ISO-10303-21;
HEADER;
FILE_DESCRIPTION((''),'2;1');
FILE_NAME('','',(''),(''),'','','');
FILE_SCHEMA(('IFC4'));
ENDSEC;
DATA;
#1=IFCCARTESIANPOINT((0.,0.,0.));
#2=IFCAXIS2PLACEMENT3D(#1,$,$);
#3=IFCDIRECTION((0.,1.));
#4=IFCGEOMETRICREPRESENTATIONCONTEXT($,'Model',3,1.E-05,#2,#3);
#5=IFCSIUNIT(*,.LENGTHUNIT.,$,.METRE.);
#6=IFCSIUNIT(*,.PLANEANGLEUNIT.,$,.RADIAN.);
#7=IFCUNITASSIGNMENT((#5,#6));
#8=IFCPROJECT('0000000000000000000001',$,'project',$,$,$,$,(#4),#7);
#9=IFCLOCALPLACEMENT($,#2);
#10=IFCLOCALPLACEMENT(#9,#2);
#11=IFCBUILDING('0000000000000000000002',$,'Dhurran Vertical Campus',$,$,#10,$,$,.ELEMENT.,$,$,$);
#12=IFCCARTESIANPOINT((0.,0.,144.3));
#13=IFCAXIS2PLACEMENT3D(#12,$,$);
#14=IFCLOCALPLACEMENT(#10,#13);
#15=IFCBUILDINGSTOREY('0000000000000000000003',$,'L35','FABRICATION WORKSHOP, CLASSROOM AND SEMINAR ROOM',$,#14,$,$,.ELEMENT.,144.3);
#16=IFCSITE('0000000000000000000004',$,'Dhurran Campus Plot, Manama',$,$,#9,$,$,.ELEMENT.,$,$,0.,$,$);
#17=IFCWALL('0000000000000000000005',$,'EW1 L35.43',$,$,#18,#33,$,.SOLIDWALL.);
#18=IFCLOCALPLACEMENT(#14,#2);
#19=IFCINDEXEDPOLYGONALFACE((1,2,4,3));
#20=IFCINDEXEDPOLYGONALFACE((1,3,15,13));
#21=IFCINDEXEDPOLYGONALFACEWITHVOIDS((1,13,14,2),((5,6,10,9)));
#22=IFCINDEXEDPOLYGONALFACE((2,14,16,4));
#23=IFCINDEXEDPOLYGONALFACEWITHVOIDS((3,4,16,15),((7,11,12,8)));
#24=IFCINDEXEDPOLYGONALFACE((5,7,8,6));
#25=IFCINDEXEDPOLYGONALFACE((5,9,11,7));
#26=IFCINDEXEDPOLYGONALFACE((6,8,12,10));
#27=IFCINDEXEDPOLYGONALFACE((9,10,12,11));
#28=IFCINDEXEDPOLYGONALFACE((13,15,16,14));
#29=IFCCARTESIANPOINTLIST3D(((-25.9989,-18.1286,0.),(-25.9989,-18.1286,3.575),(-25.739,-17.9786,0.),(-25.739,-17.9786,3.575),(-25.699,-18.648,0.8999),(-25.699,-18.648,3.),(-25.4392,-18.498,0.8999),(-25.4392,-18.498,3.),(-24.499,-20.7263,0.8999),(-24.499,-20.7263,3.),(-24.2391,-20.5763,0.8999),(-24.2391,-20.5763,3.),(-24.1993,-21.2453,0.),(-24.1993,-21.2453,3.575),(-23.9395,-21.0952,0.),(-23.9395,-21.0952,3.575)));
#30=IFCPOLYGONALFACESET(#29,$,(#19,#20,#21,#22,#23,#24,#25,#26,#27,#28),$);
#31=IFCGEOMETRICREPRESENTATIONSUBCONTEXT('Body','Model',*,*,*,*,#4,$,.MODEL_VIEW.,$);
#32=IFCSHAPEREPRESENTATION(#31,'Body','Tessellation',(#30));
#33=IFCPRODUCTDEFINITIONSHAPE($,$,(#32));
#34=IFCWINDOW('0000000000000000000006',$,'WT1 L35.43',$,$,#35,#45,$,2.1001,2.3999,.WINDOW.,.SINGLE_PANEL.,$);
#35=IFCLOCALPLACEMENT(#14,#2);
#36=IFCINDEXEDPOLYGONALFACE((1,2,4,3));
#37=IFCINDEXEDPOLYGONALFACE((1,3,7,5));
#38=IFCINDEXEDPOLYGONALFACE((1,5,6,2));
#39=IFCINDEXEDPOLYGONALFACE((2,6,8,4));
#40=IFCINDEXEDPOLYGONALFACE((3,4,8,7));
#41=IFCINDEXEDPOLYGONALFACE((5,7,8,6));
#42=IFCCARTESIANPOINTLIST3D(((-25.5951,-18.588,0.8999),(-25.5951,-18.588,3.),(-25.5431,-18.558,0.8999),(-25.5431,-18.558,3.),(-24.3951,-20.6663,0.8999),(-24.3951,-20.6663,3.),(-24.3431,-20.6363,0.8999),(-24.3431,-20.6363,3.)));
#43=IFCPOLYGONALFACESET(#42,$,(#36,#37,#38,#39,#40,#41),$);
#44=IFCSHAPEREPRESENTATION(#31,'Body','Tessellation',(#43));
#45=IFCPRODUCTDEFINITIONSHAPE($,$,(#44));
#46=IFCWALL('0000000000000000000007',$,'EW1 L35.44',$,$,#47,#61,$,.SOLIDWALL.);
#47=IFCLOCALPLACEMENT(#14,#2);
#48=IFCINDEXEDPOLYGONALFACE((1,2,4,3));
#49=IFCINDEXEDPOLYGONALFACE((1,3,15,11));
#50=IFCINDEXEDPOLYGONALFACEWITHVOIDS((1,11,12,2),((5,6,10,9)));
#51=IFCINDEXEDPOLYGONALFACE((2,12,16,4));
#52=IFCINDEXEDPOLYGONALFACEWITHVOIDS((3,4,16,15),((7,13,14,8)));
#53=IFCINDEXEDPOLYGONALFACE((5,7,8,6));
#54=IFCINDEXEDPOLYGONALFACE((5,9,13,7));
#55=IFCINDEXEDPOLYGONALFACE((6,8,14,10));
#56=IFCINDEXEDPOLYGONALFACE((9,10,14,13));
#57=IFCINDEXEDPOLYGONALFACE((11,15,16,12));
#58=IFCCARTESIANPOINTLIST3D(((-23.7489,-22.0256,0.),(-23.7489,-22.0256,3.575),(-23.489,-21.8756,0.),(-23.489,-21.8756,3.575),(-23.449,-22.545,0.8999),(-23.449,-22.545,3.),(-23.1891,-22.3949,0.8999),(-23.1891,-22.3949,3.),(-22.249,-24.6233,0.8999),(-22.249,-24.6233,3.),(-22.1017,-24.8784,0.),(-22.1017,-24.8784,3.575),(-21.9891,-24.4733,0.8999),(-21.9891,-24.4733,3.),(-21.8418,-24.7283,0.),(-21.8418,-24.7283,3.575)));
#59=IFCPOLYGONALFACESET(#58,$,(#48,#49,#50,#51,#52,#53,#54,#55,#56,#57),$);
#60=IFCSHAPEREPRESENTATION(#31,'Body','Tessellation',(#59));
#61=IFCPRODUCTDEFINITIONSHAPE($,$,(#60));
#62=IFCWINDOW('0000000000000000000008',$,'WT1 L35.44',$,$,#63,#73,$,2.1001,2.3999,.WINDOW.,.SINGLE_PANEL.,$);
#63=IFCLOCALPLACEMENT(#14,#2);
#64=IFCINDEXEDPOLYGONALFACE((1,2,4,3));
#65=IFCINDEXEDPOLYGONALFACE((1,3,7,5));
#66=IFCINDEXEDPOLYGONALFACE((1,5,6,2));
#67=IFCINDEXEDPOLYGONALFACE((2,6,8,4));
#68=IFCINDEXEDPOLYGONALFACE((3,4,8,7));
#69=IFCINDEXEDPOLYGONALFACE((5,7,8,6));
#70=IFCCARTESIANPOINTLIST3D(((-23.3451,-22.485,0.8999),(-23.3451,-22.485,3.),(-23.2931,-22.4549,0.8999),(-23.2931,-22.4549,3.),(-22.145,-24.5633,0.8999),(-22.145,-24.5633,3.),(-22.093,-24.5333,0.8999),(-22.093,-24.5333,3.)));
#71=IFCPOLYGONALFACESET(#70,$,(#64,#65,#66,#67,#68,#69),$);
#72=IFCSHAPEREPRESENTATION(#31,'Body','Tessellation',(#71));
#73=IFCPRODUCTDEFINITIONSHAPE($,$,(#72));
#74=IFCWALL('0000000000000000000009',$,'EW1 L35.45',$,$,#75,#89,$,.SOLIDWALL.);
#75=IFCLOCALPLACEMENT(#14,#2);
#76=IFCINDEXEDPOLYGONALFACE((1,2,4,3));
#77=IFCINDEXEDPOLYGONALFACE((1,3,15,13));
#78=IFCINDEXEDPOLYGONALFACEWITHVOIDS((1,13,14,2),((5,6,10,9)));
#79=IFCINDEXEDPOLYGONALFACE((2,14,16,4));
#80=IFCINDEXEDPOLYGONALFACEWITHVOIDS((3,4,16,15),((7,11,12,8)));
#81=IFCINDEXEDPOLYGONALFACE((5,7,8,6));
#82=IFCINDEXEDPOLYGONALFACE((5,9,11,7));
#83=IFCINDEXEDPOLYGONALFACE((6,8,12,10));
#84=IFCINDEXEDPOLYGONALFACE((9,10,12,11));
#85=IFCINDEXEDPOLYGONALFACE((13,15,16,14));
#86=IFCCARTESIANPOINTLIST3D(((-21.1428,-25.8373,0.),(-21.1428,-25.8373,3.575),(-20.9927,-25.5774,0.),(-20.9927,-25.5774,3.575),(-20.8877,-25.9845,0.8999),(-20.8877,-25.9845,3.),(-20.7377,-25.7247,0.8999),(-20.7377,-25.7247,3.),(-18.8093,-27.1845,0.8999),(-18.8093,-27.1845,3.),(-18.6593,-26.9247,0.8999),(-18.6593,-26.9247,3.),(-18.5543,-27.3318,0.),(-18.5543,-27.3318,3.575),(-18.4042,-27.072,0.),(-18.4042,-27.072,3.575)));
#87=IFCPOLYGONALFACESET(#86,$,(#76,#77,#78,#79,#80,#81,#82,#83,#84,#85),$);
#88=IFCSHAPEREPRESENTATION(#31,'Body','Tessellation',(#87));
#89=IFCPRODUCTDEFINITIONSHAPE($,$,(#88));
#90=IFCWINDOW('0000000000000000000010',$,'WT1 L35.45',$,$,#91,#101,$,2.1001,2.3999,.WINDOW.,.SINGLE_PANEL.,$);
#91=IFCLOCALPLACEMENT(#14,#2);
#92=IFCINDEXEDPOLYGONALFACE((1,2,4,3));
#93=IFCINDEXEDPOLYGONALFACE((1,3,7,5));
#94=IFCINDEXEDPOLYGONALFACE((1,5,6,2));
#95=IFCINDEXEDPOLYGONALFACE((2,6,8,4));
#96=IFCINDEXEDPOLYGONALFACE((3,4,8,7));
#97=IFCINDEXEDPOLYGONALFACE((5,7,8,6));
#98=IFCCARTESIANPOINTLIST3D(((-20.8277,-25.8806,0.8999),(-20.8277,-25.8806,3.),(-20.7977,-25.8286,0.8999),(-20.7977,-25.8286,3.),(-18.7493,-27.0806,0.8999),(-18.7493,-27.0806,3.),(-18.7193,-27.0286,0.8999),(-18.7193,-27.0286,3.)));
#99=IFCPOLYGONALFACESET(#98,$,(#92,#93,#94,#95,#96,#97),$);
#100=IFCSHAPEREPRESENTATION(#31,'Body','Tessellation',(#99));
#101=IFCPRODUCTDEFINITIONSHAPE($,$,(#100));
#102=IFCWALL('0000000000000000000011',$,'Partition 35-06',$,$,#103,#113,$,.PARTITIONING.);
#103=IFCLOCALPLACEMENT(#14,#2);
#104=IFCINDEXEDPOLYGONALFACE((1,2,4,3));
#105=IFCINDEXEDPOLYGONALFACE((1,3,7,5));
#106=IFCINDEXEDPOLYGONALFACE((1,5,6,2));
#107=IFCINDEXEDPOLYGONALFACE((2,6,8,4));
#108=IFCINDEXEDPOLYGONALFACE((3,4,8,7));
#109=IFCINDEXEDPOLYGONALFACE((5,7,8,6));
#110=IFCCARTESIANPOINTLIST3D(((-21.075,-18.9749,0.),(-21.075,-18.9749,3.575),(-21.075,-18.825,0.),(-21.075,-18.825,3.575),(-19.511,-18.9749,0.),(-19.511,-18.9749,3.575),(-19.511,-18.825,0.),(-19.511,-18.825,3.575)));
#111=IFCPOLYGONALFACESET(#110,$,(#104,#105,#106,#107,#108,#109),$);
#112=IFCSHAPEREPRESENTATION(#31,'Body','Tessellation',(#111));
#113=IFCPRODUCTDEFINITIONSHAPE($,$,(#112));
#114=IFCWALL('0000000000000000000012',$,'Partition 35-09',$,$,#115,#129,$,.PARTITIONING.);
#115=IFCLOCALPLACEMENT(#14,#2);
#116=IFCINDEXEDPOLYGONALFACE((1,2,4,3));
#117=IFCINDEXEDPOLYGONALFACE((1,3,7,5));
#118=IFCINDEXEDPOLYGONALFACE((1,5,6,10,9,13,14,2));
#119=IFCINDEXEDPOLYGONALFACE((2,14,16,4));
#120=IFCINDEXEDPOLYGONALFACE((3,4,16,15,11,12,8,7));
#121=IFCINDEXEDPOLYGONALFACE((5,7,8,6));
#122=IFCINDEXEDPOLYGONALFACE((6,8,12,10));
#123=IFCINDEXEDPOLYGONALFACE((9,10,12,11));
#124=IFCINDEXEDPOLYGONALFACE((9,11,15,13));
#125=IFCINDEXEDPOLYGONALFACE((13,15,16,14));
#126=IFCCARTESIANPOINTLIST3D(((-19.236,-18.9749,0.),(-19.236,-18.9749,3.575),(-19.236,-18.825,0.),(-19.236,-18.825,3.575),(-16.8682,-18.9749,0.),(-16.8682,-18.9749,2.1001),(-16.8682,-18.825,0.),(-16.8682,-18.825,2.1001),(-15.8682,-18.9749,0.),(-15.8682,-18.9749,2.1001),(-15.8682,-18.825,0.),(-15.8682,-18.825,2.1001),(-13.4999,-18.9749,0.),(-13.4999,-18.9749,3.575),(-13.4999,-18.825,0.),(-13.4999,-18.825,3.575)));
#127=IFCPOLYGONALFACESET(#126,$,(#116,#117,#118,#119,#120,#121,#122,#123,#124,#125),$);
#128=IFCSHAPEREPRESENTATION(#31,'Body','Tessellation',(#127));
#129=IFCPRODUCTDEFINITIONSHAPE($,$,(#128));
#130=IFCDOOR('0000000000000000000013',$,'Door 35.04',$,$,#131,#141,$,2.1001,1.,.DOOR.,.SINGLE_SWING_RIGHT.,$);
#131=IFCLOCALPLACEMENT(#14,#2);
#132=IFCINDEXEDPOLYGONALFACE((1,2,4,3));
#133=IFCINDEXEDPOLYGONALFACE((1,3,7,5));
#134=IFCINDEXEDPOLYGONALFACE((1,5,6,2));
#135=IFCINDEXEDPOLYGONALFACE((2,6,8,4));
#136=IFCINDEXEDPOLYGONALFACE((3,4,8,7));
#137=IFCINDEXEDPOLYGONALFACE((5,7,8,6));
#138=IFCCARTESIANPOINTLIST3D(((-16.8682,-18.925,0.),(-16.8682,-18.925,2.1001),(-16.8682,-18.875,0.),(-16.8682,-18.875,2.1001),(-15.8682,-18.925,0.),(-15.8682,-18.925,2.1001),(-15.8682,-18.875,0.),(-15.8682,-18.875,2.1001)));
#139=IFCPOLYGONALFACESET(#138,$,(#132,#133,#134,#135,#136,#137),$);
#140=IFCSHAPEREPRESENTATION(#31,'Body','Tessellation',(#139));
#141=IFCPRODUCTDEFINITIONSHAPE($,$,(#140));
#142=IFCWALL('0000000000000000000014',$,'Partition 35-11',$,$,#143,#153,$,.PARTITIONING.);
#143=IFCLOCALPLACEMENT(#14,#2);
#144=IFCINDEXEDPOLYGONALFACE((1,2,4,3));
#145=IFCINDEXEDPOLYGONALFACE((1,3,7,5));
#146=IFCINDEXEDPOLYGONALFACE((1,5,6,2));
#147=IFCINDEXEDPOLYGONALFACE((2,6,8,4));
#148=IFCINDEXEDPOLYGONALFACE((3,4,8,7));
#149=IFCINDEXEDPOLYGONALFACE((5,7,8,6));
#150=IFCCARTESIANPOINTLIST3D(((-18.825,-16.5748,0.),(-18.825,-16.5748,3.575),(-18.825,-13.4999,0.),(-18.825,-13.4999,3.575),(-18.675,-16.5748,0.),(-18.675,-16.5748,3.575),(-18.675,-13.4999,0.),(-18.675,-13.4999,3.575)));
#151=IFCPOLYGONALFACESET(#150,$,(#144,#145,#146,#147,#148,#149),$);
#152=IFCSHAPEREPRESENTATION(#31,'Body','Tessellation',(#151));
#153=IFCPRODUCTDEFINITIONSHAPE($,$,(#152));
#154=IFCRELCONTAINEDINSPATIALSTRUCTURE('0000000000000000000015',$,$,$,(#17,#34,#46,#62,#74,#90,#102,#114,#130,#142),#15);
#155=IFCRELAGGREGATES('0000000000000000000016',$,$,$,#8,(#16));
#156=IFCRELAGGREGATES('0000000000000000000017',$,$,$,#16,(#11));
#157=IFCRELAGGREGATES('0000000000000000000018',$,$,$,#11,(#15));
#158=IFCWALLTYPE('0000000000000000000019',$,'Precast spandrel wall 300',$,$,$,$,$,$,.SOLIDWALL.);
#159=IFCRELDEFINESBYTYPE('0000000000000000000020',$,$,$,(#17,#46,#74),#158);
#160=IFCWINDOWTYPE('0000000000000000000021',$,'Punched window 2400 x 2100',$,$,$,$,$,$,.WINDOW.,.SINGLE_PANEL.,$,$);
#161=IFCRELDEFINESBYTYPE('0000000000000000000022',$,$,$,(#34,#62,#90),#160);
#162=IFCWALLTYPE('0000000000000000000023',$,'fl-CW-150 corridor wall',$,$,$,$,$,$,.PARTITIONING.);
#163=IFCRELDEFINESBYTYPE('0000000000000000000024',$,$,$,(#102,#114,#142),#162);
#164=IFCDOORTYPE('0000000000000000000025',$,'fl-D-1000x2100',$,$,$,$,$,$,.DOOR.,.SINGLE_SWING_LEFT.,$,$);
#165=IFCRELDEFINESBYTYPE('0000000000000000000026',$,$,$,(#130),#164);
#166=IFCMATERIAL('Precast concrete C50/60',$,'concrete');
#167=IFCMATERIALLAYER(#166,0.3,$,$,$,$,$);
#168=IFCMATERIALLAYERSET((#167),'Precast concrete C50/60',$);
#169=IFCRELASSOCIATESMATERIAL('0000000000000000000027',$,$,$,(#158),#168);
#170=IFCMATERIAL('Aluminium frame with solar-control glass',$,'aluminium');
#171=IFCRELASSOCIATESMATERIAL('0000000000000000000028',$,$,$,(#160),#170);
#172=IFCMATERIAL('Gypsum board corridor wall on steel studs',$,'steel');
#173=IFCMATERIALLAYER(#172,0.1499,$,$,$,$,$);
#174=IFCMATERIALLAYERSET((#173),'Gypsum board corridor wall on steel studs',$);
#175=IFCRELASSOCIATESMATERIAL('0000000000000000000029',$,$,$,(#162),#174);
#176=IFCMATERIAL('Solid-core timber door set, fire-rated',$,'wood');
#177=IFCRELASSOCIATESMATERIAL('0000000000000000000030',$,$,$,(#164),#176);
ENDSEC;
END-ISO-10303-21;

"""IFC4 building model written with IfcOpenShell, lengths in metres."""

from ifc_helpers import new_model, si_unit, direction, frame, frame_2d, origin, place, context, subcontext, project, spatial, rectangle, extrude, material, layer, layer_set, type_object, element, fill, save


model = new_model("IFC4")

# Units and contexts
model_context = context("Model", 3, precision=1e-05, world=origin(), true_north=direction((0.0, 1.0)))
body_context = subcontext(model_context, "Body", "Model", "MODEL_VIEW")
ifc_project = project(units=[si_unit("LENGTHUNIT", "METRE"), si_unit("PLANEANGLEUNIT", "RADIAN")], contexts=[model_context])

# Site, building, storey
site_placement = place(None, origin())
site = spatial("IfcSite", under=ifc_project, at=site_placement, Name="Dhurran Campus Plot, Manama", CompositionType="ELEMENT", RefElevation=0.0)
building_placement = place(site_placement, origin())
building = spatial("IfcBuilding", under=site, at=building_placement, Name="Dhurran Vertical Campus", CompositionType="ELEMENT")
storey_placement = place(building_placement, frame((0.0, 0.0, 144.3)))
storey = spatial("IfcBuildingStorey", under=building, at=storey_placement, Name="L35", Description="FABRICATION WORKSHOP, CLASSROOM AND SEMINAR ROOM", CompositionType="ELEMENT", Elevation=144.3)

# Walls, openings, windows
ifc_material_1 = material(Name="Precast concrete C50/60", Category="concrete")
ifc_layer_1 = layer(ifc_material_1, 0.3)
ifc_layer_set_1 = layer_set([ifc_layer_1], Name="Precast concrete C50/60")
wall_type_1 = type_object("IfcWallType", Name="Precast spandrel wall 300", PredefinedType="SOLIDWALL", material=ifc_layer_set_1)
ifc_material_2 = material(Name="Aluminium frame with solar-control glass", Category="aluminium")
window_type = type_object("IfcWindowType", Name="Punched window 2400 x 2100", PartitioningType="SINGLE_PANEL", PredefinedType="WINDOW", material=ifc_material_2)
wall_1_placement = place(storey_placement, frame((-25.8689, -18.0537, 0.0), z_axis=(0.0, 0.0, 1.0), x_axis=(0.500028, -0.866009, 0.0)))
wall_1 = element("IfcWall", 1, at=wall_1_placement, inside=storey, type_object=wall_type_1, Name="EW1 L35.43", PredefinedType="SOLIDWALL", context=body_context, shape_type="SweptSolid", body=[
    extrude(rectangle(XDim=3.5989, YDim=0.3, at=frame_2d((1.7993, 0.0))), origin(), (0.0, 0.0, 1.0), 3.575),
])
opening_1_placement = place(wall_1_placement, frame((0.5996, 0.0, 0.8999)))
opening_1 = element("IfcOpeningElement", 2, at=opening_1_placement, cuts=wall_1, PredefinedType="OPENING", context=body_context, shape_type="SweptSolid", body=[
    extrude(rectangle(XDim=2.3999, YDim=2.1001, at=frame_2d((1.2, 1.05))), frame((0.0, 0.1599, 0.0), z_axis=(0.0, -1.0, 0.0), x_axis=(1.0, 0.0, 0.0)), (0.0, 0.0, 1.0), 0.3201),
])
window_1_placement = place(opening_1_placement, origin())
window_1 = element("IfcWindow", 3, at=window_1_placement, inside=storey, type_object=window_type, Name="WT1 L35.43", OverallHeight=2.1001, OverallWidth=2.3999, PartitioningType="SINGLE_PANEL", PredefinedType="WINDOW", context=body_context, shape_type="SweptSolid", body=[
    extrude(rectangle(XDim=2.3999, YDim=2.1001, at=frame_2d((1.2, 1.05))), frame((0.0, 0.03, 0.0), z_axis=(0.0, -1.0, 0.0), x_axis=(1.0, 0.0, 0.0)), (0.0, 0.0, 1.0), 0.0601),
])
fill(opening_1, window_1)
wall_2_placement = place(storey_placement, frame((-23.6189, -21.9507, 0.0), z_axis=(0.0, 0.0, 1.0), x_axis=(0.500037, -0.866004, 0.0)))
wall_2 = element("IfcWall", 4, at=wall_2_placement, inside=storey, type_object=wall_type_1, Name="EW1 L35.44", PredefinedType="SOLIDWALL", context=body_context, shape_type="SweptSolid", body=[
    extrude(rectangle(XDim=3.2942, YDim=0.3, at=frame_2d((1.647, 0.0))), origin(), (0.0, 0.0, 1.0), 3.575),
])
opening_2_placement = place(wall_2_placement, frame((0.5996, 0.0, 0.8999)))
opening_2 = element("IfcOpeningElement", 5, at=opening_2_placement, cuts=wall_2, PredefinedType="OPENING", context=body_context, shape_type="SweptSolid", body=[
    extrude(rectangle(XDim=2.3999, YDim=2.1001, at=frame_2d((1.2, 1.05))), frame((0.0, 0.1599, 0.0), z_axis=(0.0, -1.0, 0.0), x_axis=(1.0, 0.0, 0.0)), (0.0, 0.0, 1.0), 0.3201),
])
window_2_placement = place(opening_2_placement, origin())
window_2 = element("IfcWindow", 6, at=window_2_placement, inside=storey, type_object=window_type, Name="WT1 L35.44", OverallHeight=2.1001, OverallWidth=2.3999, PartitioningType="SINGLE_PANEL", PredefinedType="WINDOW", context=body_context, shape_type="SweptSolid", body=[
    extrude(rectangle(XDim=2.3999, YDim=2.1001, at=frame_2d((1.2, 1.05))), frame((0.0, 0.03, 0.0), z_axis=(0.0, -1.0, 0.0), x_axis=(1.0, 0.0, 0.0)), (0.0, 0.0, 1.0), 0.0601),
])
fill(opening_2, window_2)
wall_3_placement = place(storey_placement, frame((-21.0679, -25.7073, 0.0), z_axis=(0.0, 0.0, 1.0), x_axis=(0.866013, -0.500022, 0.0)))
wall_3 = element("IfcWall", 7, at=wall_3_placement, inside=storey, type_object=wall_type_1, Name="EW1 L35.45", PredefinedType="SOLIDWALL", context=body_context, shape_type="SweptSolid", body=[
    extrude(rectangle(XDim=2.989, YDim=0.3, at=frame_2d((1.4946, 0.0))), origin(), (0.0, 0.0, 1.0), 3.575),
])
opening_3_placement = place(wall_3_placement, frame((0.2947, 0.0, 0.8999)))
opening_3 = element("IfcOpeningElement", 8, at=opening_3_placement, cuts=wall_3, PredefinedType="OPENING", context=body_context, shape_type="SweptSolid", body=[
    extrude(rectangle(XDim=2.3999, YDim=2.1001, at=frame_2d((1.2, 1.05))), frame((0.0, 0.1599, 0.0), z_axis=(0.0, -1.0, 0.0), x_axis=(1.0, 0.0, 0.0)), (0.0, 0.0, 1.0), 0.3201),
])
window_3_placement = place(opening_3_placement, origin())
window_3 = element("IfcWindow", 9, at=window_3_placement, inside=storey, type_object=window_type, Name="WT1 L35.45", OverallHeight=2.1001, OverallWidth=2.3999, PartitioningType="SINGLE_PANEL", PredefinedType="WINDOW", context=body_context, shape_type="SweptSolid", body=[
    extrude(rectangle(XDim=2.3999, YDim=2.1001, at=frame_2d((1.2, 1.05))), frame((0.0, 0.03, 0.0), z_axis=(0.0, -1.0, 0.0), x_axis=(1.0, 0.0, 0.0)), (0.0, 0.0, 1.0), 0.0601),
])
fill(opening_3, window_3)

# Wall
ifc_material_3 = material(Name="Gypsum board corridor wall on steel studs", Category="steel")
ifc_layer_2 = layer(ifc_material_3, 0.1499)
ifc_layer_set_2 = layer_set([ifc_layer_2], Name="Gypsum board corridor wall on steel studs")
wall_type_2 = type_object("IfcWallType", Name="fl-CW-150 corridor wall", PredefinedType="PARTITIONING", material=ifc_layer_set_2)
wall_4_placement = place(storey_placement, frame((-21.075, -18.8999, 0.0), z_axis=(0.0, 0.0, 1.0), x_axis=(1.0, 0.0, 0.0)))
element("IfcWall", 10, at=wall_4_placement, inside=storey, type_object=wall_type_2, Name="Partition 35-06", PredefinedType="PARTITIONING", context=body_context, shape_type="SweptSolid", body=[
    extrude(rectangle(XDim=1.564, YDim=0.1499, at=frame_2d((0.782, 0.0))), origin(), (0.0, 0.0, 1.0), 3.575),
])

# Wall, opening, door
wall_5_placement = place(storey_placement, frame((-19.2361, -18.8999, 0.0), z_axis=(0.0, 0.0, 1.0), x_axis=(1.0, 0.0, 0.0)))
wall_5 = element("IfcWall", 11, at=wall_5_placement, inside=storey, type_object=wall_type_2, Name="Partition 35-09", PredefinedType="PARTITIONING", context=body_context, shape_type="SweptSolid", body=[
    extrude(rectangle(XDim=5.7361, YDim=0.1499, at=frame_2d((2.8682, 0.0))), origin(), (0.0, 0.0, 1.0), 3.575),
])
opening_4_placement = place(wall_5_placement, frame((2.3679, 0.0, 0.0)))
opening_4 = element("IfcOpeningElement", 12, at=opening_4_placement, cuts=wall_5, PredefinedType="OPENING", context=body_context, shape_type="SweptSolid", body=[
    extrude(rectangle(XDim=1.0, YDim=2.1001, at=frame_2d((0.5, 1.05))), frame((0.0, 0.085, 0.0), z_axis=(0.0, -1.0, 0.0), x_axis=(1.0, 0.0, 0.0)), (0.0, 0.0, 1.0), 0.1699),
])
ifc_material_4 = material(Name="Solid-core timber door set, fire-rated", Category="wood")
door_type = type_object("IfcDoorType", Name="fl-D-1000x2100", OperationType="SINGLE_SWING_LEFT", PredefinedType="DOOR", material=ifc_material_4)
door_1_placement = place(opening_4_placement, origin())
door_1 = element("IfcDoor", 13, at=door_1_placement, inside=storey, type_object=door_type, Name="Door 35.04", OperationType="SINGLE_SWING_RIGHT", OverallHeight=2.1001, OverallWidth=1.0, PredefinedType="DOOR", context=body_context, shape_type="SweptSolid", body=[
    extrude(rectangle(XDim=1.0, YDim=2.1001, at=frame_2d((0.5, 1.05))), frame((0.0, 0.0249, 0.0), z_axis=(0.0, -1.0, 0.0), x_axis=(1.0, 0.0, 0.0)), (0.0, 0.0, 1.0), 0.05),
])
fill(opening_4, door_1)

# Wall
wall_6_placement = place(storey_placement, frame((-18.75, -16.575, 0.0), z_axis=(0.0, 0.0, 1.0), x_axis=(0.0, 1.0, 0.0)))
element("IfcWall", 14, at=wall_6_placement, inside=storey, type_object=wall_type_2, Name="Partition 35-11", PredefinedType="PARTITIONING", context=body_context, shape_type="SweptSolid", body=[
    extrude(rectangle(XDim=3.075, YDim=0.1499, at=frame_2d((1.5376, 0.0))), origin(), (0.0, 0.0, 1.0), 3.575),
])

save(model, "model.ifc")
